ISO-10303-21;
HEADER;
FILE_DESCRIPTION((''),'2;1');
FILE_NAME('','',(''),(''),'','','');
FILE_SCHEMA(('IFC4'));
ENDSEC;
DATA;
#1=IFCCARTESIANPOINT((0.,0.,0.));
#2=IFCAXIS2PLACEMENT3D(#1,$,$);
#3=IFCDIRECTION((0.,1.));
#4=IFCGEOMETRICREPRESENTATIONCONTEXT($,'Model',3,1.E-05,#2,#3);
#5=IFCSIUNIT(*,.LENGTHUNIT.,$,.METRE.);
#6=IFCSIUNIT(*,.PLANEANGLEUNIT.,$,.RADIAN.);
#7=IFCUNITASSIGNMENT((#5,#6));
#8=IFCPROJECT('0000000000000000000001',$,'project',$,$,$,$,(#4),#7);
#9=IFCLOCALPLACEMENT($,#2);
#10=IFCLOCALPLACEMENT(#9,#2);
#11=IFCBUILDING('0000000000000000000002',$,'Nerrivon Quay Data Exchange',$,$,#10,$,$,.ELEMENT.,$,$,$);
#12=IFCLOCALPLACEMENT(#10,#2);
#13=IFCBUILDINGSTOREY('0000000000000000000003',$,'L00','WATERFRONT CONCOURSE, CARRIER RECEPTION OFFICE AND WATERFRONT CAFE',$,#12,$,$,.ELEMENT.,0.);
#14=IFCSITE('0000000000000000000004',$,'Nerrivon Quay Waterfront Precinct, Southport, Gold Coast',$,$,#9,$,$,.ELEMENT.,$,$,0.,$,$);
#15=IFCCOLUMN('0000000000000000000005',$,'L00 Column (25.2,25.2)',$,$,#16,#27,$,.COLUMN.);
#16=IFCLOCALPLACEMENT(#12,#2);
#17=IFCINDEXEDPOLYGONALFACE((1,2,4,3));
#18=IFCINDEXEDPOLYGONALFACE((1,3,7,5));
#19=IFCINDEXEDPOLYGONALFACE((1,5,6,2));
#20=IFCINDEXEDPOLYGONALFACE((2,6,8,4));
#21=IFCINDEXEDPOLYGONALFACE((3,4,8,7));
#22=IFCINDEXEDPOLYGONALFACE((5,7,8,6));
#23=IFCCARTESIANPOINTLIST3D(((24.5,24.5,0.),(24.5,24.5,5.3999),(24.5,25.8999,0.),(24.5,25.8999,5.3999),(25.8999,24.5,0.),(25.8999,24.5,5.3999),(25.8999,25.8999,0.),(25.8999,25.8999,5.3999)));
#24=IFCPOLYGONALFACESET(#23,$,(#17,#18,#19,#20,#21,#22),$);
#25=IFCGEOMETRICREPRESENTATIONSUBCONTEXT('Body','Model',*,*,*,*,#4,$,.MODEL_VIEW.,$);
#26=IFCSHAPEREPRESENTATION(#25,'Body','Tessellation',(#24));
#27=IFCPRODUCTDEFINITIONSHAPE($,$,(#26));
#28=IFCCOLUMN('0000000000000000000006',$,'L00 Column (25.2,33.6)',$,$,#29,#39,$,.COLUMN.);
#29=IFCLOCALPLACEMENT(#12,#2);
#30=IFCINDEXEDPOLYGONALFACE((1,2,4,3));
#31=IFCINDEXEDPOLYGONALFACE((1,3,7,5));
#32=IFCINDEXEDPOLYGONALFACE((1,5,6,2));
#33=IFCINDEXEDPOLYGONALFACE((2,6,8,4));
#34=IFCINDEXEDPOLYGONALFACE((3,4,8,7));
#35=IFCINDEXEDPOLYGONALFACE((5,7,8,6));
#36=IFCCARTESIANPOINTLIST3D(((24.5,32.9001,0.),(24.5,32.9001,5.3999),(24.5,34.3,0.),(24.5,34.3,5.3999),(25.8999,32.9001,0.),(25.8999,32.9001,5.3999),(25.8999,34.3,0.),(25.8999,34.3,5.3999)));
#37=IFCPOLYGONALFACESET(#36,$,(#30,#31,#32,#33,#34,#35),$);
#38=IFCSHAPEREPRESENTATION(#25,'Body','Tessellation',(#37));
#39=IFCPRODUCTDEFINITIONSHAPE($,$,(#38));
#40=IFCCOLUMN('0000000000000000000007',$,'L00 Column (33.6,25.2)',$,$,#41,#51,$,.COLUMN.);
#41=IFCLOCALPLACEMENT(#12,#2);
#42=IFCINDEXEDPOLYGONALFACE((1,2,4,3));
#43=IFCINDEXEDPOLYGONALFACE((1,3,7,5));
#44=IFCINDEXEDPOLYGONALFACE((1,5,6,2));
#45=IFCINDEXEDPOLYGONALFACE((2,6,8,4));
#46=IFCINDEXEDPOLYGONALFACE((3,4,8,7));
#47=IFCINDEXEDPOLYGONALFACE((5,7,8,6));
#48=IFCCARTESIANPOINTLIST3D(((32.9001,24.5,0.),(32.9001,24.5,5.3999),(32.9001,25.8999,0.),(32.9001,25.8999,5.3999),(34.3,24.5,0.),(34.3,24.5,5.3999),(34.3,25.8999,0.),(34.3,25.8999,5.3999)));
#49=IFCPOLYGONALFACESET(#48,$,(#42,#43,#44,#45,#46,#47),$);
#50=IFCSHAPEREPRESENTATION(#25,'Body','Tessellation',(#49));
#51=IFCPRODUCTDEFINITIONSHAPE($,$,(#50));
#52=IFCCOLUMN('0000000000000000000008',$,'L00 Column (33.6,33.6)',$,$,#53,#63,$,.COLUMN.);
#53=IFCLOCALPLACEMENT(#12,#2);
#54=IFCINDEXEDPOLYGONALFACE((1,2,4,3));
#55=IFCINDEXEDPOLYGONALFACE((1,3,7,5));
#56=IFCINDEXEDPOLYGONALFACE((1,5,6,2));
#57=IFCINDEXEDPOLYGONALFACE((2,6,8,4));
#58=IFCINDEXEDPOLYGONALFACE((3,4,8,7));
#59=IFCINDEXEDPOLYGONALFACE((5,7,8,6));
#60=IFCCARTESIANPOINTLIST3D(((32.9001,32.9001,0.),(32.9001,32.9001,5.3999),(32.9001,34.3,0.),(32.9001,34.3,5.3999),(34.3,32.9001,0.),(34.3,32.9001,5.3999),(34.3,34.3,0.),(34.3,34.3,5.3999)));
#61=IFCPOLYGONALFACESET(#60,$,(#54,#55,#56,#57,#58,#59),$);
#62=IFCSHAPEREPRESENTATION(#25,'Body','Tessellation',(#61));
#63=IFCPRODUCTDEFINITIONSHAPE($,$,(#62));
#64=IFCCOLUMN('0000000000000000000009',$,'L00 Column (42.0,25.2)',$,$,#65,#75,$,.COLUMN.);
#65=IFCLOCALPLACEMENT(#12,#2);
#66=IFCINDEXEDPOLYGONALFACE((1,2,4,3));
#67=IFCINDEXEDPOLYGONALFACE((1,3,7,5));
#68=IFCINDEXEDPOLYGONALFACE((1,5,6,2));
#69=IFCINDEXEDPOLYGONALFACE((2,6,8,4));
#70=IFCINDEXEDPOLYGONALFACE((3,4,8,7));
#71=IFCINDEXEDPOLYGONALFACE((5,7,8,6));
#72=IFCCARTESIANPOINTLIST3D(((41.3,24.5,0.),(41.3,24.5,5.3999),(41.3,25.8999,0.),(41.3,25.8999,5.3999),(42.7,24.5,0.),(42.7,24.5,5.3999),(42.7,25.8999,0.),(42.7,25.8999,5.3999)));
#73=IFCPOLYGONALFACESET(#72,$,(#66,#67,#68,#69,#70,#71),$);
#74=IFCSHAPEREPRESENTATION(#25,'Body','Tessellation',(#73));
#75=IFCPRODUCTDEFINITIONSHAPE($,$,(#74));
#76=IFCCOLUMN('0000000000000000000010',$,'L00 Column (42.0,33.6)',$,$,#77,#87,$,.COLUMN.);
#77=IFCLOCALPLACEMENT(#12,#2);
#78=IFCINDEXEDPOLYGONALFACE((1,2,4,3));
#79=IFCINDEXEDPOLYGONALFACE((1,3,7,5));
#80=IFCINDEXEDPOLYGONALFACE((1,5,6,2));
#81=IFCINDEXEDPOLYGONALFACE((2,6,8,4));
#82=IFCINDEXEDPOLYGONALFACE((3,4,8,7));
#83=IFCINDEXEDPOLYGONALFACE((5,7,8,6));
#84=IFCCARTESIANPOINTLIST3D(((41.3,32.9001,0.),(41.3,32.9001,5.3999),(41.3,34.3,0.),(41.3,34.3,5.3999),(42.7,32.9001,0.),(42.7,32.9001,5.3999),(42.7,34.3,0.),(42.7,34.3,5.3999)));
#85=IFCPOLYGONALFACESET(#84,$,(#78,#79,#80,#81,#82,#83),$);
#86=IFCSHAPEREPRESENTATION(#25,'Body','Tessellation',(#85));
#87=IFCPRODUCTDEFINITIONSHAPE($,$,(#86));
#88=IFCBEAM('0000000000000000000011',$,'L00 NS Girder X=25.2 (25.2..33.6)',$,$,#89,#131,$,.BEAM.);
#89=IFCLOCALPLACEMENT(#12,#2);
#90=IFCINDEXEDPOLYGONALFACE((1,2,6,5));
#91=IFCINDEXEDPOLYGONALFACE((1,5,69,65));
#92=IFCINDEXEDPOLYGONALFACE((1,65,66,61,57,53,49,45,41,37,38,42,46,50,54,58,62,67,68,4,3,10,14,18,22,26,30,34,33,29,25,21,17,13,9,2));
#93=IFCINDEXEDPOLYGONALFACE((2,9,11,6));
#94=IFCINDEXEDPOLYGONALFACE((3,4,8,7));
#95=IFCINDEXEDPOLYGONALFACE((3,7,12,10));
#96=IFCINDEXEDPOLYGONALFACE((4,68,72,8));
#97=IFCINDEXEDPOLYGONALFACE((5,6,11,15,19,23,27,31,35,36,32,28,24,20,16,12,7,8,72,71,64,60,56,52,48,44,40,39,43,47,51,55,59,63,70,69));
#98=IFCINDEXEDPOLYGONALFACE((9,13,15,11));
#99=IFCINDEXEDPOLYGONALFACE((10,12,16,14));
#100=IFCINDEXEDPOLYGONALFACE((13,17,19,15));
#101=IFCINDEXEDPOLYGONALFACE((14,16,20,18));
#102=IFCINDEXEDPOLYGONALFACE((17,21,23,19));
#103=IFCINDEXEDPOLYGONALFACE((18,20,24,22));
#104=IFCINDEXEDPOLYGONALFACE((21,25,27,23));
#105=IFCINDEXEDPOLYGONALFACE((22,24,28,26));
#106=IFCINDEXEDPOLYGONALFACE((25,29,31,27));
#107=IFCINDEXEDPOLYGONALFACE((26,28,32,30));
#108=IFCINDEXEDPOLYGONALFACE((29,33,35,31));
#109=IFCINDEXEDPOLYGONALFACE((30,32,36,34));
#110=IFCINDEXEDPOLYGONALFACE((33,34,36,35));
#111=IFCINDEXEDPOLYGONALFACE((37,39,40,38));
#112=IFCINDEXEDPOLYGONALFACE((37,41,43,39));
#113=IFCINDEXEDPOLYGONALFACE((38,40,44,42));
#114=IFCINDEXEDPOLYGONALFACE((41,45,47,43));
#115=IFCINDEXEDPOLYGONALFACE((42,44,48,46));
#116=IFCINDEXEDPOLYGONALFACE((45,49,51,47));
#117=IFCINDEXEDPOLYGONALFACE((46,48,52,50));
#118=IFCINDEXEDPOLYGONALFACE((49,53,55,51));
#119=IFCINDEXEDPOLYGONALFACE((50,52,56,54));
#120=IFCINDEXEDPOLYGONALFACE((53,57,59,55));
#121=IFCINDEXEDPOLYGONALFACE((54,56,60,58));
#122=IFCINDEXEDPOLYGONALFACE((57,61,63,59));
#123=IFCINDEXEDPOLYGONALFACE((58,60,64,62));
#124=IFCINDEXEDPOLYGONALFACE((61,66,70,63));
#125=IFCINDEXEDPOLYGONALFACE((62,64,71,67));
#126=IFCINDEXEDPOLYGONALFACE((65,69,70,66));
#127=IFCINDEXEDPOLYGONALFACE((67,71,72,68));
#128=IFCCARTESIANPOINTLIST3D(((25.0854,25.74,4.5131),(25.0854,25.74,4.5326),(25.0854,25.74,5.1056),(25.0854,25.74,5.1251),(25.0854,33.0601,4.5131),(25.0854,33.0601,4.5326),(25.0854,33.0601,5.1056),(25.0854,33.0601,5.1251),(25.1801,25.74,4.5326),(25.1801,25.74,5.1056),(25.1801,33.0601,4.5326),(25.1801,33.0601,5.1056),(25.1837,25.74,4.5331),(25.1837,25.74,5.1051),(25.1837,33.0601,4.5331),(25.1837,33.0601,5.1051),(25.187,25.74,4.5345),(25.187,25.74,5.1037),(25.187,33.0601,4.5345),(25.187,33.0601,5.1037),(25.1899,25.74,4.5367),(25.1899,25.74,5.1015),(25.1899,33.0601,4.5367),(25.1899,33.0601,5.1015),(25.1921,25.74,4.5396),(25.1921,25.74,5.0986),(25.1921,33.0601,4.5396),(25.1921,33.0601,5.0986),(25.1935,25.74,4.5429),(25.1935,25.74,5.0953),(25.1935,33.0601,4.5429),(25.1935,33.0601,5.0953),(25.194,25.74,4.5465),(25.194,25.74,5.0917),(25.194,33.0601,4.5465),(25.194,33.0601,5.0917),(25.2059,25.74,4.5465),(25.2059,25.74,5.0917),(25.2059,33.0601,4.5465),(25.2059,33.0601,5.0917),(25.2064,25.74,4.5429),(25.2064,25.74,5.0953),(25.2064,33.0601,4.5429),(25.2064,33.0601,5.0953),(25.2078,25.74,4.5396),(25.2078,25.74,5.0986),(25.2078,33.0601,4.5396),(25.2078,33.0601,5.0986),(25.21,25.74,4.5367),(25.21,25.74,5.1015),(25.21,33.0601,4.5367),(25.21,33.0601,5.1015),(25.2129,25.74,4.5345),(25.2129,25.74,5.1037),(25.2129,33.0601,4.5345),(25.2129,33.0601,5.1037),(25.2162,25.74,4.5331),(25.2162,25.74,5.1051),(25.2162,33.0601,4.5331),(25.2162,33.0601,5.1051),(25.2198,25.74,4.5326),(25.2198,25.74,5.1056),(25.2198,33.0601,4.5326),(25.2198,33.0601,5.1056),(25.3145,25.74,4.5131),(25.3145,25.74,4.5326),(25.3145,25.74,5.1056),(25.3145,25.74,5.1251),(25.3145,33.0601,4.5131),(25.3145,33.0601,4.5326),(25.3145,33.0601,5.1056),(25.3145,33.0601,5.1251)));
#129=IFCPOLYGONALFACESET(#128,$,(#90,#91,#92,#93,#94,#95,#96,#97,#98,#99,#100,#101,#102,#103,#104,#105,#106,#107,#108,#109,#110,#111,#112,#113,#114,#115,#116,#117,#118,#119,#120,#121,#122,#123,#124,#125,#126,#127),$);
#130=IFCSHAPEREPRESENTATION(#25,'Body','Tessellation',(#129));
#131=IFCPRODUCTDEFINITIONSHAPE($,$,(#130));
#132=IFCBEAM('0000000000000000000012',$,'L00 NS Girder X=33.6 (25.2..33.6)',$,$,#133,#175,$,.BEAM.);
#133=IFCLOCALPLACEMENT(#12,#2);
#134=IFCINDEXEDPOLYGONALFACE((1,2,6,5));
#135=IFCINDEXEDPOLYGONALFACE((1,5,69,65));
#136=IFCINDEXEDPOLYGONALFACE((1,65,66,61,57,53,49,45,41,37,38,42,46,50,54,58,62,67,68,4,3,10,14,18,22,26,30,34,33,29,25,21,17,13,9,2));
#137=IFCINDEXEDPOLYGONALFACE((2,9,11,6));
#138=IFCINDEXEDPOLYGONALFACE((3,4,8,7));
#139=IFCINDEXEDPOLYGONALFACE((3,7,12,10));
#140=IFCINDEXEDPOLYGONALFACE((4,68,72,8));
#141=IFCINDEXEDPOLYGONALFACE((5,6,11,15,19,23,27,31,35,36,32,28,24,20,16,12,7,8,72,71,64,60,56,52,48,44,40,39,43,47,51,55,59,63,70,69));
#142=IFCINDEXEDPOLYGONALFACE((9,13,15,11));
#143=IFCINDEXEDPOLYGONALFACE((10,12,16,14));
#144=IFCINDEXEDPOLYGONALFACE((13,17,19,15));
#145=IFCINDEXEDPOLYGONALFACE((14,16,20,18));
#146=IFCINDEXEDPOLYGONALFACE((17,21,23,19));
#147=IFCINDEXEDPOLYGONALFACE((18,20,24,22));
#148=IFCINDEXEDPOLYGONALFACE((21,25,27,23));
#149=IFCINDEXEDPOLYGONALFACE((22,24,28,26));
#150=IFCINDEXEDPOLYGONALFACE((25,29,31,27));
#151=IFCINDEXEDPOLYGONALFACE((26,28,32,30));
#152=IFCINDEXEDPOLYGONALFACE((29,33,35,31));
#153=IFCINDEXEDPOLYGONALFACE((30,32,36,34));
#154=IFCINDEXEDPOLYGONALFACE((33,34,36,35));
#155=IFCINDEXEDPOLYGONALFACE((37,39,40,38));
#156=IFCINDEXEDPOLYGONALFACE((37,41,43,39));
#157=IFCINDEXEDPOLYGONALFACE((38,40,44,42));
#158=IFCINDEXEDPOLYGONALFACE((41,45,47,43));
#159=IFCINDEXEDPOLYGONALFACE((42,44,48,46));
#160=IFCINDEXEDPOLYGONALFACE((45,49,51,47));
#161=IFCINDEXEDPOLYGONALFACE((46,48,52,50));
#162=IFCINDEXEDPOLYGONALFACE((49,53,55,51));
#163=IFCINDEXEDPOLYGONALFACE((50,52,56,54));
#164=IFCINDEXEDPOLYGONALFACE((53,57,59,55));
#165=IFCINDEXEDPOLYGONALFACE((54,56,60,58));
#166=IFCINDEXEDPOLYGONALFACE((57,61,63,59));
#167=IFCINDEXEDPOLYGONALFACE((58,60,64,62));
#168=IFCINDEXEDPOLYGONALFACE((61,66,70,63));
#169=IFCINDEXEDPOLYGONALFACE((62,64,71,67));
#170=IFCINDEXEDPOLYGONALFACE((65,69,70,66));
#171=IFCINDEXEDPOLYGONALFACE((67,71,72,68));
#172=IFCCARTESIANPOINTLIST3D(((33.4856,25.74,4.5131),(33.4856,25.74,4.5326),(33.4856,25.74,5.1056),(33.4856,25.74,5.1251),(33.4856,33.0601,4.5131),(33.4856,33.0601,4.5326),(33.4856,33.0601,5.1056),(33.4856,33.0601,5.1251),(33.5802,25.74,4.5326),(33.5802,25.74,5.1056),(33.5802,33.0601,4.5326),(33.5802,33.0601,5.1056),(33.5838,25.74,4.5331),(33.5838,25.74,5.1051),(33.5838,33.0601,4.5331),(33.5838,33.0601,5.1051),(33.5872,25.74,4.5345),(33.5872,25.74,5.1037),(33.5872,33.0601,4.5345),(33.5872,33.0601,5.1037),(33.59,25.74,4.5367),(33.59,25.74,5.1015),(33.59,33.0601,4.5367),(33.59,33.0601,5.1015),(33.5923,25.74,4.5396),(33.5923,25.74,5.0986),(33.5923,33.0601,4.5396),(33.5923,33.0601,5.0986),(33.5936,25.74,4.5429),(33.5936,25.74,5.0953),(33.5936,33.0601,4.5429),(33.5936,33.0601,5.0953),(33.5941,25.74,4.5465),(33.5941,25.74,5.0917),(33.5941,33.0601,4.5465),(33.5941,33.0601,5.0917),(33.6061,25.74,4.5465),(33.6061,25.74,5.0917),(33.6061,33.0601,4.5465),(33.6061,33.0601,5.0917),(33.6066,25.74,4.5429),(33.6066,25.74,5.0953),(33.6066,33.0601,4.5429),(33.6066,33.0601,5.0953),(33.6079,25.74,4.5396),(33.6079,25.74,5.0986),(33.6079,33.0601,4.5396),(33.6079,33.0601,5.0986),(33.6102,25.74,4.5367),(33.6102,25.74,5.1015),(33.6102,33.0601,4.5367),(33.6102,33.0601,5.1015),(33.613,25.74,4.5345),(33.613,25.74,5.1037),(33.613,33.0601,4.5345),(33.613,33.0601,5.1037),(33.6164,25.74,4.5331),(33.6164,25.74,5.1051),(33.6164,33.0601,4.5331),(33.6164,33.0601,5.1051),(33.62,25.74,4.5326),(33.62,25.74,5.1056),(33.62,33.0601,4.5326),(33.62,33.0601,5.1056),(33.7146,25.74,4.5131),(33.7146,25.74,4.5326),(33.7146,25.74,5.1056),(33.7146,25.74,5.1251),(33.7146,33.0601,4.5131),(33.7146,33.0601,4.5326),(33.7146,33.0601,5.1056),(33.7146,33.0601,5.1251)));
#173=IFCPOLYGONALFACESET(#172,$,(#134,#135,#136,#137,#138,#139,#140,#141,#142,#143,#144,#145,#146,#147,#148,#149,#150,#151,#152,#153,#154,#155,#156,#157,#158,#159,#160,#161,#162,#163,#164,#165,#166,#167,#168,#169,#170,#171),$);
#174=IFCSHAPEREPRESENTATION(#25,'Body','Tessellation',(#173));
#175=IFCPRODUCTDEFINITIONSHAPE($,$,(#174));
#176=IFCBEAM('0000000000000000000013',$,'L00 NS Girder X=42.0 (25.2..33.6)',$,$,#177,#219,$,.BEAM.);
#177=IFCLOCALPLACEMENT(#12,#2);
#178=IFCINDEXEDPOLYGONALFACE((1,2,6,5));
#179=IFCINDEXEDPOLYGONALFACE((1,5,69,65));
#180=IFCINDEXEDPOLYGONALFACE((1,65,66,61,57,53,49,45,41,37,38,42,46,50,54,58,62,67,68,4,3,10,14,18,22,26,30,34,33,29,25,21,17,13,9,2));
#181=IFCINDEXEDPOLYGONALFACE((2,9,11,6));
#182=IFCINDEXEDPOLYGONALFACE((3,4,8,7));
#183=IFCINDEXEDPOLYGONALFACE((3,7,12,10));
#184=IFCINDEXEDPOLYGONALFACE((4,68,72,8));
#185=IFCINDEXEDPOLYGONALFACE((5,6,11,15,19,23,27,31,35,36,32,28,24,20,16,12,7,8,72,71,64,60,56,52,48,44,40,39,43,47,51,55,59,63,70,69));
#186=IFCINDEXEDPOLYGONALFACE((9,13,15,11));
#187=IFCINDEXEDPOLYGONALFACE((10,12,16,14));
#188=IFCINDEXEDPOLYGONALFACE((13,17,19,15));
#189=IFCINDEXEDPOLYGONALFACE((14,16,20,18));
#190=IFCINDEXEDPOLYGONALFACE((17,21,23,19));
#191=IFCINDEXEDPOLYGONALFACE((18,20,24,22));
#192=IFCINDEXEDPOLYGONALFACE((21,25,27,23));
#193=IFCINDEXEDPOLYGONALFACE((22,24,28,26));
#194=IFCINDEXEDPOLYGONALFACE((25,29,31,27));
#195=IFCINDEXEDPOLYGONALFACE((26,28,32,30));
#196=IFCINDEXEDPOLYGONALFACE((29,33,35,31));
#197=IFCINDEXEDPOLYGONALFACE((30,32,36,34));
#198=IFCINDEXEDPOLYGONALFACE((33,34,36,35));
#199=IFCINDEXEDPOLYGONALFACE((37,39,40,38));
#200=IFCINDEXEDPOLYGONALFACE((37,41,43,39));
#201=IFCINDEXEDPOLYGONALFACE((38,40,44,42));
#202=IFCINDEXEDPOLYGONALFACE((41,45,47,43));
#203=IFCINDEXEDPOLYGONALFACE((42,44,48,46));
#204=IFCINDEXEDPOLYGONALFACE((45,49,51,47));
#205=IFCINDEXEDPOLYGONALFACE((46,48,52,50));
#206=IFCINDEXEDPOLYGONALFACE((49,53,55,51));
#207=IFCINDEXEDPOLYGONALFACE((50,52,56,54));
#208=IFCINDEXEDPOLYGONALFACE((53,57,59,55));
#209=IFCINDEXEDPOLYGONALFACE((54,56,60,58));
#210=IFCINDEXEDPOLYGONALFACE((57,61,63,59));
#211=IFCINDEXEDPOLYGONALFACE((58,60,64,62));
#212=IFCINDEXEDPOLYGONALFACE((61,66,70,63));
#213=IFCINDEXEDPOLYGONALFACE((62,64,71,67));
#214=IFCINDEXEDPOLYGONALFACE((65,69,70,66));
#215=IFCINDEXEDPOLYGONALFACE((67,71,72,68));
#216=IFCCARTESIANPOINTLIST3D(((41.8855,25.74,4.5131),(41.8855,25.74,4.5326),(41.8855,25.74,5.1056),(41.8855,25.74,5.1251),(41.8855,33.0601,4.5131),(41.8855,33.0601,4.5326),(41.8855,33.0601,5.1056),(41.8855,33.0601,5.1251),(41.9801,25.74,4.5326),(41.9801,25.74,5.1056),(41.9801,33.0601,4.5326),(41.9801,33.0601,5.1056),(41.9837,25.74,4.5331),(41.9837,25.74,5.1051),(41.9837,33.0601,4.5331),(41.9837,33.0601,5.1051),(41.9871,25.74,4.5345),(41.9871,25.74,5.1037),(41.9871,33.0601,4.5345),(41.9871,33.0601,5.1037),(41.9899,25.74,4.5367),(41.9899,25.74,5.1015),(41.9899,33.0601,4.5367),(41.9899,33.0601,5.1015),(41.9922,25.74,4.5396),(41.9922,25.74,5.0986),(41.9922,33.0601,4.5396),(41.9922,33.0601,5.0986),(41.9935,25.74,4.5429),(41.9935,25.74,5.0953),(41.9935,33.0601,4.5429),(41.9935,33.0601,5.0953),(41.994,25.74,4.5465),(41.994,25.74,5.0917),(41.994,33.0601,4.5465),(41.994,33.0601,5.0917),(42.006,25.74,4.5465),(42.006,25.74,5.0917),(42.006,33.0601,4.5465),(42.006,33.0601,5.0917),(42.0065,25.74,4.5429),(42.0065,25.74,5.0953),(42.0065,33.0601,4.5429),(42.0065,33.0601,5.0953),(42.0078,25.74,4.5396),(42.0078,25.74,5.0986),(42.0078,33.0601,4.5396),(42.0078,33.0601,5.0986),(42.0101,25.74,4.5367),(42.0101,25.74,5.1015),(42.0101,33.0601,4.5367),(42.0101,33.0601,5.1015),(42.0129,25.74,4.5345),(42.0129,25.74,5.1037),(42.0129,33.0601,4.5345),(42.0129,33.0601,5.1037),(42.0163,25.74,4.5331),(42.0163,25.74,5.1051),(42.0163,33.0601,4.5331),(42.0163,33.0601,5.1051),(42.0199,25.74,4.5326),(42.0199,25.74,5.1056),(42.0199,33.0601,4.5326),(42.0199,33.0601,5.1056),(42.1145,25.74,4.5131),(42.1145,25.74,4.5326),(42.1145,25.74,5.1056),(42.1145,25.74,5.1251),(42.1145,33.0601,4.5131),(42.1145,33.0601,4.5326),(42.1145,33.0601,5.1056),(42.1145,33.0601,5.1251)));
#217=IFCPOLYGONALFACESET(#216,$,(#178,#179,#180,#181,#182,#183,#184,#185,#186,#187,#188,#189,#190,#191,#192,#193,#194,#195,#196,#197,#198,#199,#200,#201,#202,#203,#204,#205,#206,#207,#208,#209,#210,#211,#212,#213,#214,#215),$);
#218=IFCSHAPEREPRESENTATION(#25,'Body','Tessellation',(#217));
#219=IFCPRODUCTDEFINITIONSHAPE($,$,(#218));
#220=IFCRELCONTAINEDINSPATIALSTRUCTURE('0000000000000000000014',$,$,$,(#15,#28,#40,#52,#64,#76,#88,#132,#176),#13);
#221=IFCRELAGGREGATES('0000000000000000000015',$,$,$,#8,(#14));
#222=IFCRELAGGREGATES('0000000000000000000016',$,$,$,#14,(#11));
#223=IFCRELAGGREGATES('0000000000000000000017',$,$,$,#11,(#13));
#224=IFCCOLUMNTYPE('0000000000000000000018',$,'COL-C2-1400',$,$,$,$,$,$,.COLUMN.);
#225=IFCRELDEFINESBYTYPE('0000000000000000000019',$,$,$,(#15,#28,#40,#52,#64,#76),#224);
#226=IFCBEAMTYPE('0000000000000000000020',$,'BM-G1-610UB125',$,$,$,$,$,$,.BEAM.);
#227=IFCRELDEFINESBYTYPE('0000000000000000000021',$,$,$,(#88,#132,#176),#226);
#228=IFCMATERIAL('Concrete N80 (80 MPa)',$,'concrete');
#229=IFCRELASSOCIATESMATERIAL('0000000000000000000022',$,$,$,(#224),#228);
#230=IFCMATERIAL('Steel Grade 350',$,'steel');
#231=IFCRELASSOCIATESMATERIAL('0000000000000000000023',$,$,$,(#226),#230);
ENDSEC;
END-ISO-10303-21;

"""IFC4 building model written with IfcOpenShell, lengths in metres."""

from ifc_helpers import new_model, si_unit, direction, frame, origin, origin_2d, place, context, subcontext, project, spatial, rectangle, i_section, extrude, material, material_profile, profile_set, type_object, element, save


model = new_model("IFC4")

# Units and contexts
model_context = context("Model", 3, precision=1e-05, world=origin(), true_north=direction((0.0, 1.0)))
body_context = subcontext(model_context, "Body", "Model", "MODEL_VIEW")
ifc_project = project(units=[si_unit("LENGTHUNIT", "METRE"), si_unit("PLANEANGLEUNIT", "RADIAN")], contexts=[model_context])

# Site, building, storey
site_placement = place(None, origin())
site = spatial("IfcSite", under=ifc_project, at=site_placement, Name="Nerrivon Quay Waterfront Precinct, Southport, Gold Coast", CompositionType="ELEMENT", RefElevation=0.0)
building_placement = place(site_placement, origin())
building = spatial("IfcBuilding", under=site, at=building_placement, Name="Nerrivon Quay Data Exchange", CompositionType="ELEMENT")
storey_placement = place(building_placement, origin())
storey = spatial("IfcBuildingStorey", under=building, at=storey_placement, Name="L00", Description="WATERFRONT CONCOURSE, CARRIER RECEPTION OFFICE AND WATERFRONT CAFE", CompositionType="ELEMENT", Elevation=0.0)

# Columns
ifc_material_1 = material(Name="Concrete N80 (80 MPa)", Category="concrete")
ifc_material_profile_1 = material_profile(ifc_material_1, rectangle(XDim=1.3999, YDim=1.3999, at=origin_2d()), Name="RC-COL-1400x1400")
ifc_profile_set_1 = profile_set([ifc_material_profile_1], Name="Concrete N80 (80 MPa)")
column_type = type_object("IfcColumnType", Name="COL-C2-1400", PredefinedType="COLUMN", material=ifc_profile_set_1)
for number, where, z_axis, x_axis, name in (
    (1, (25.2, 25.2, 0.0), (0.0, 0.0, 1.0), (1.0, 0.0, 0.0), "L00 Column (25.2,25.2)"),
    (2, (25.2, 33.6001, 0.0), (0.0, 0.0, 1.0), (1.0, 0.0, 0.0), "L00 Column (25.2,33.6)"),
    (3, (33.6001, 25.2, 0.0), (0.0, 0.0, 1.0), (1.0, 0.0, 0.0), "L00 Column (33.6,25.2)"),
    (4, (33.6001, 33.6001, 0.0), (0.0, 0.0, 1.0), (1.0, 0.0, 0.0), "L00 Column (33.6,33.6)"),
    (5, (42.0, 25.2, 0.0), (0.0, 0.0, 1.0), (1.0, 0.0, 0.0), "L00 Column (42.0,25.2)"),
    (6, (42.0, 33.6001, 0.0), (0.0, 0.0, 1.0), (1.0, 0.0, 0.0), "L00 Column (42.0,33.6)"),
):
    element("IfcColumn", number, at=place(storey_placement, frame(where, z_axis=z_axis, x_axis=x_axis)), inside=storey, type_object=column_type, Name=name, PredefinedType="COLUMN", context=body_context, shape_type="SweptSolid", body=[
        extrude(rectangle(XDim=1.3999, YDim=1.3999, at=origin_2d()), origin(), (0.0, 0.0, 1.0), 5.3999),
    ])

# Beams
ifc_material_2 = material(Name="Steel Grade 350", Category="steel")
ifc_material_profile_2 = material_profile(ifc_material_2, i_section(OverallWidth=0.229, OverallDepth=0.6121, WebThickness=0.012, FlangeThickness=0.0195, FilletRadius=0.0139, at=origin_2d()), Name="610UB125")
ifc_profile_set_2 = profile_set([ifc_material_profile_2], Name="Steel Grade 350")
beam_type_1 = type_object("IfcBeamType", Name="BM-G1-610UB125", PredefinedType="BEAM", material=ifc_profile_set_2)
for number, where, z_axis, x_axis, name in (
    (7, (25.2, 25.74, 4.8191), (0.0, 1.0, 0.0), (-1.0, 0.0, 0.0), "L00 NS Girder X=25.2 (25.2..33.6)"),
    (8, (33.6001, 25.74, 4.8191), (0.0, 1.0, 0.0), (-1.0, 0.0, 0.0), "L00 NS Girder X=33.6 (25.2..33.6)"),
    (9, (42.0, 25.74, 4.8191), (0.0, 1.0, 0.0), (-1.0, 0.0, 0.0), "L00 NS Girder X=42.0 (25.2..33.6)"),
):
    element("IfcBeam", number, at=place(storey_placement, frame(where, z_axis=z_axis, x_axis=x_axis)), inside=storey, type_object=beam_type_1, Name=name, PredefinedType="BEAM", context=body_context, shape_type="SweptSolid", body=[
        extrude(i_section(OverallWidth=0.229, OverallDepth=0.6121, WebThickness=0.012, FlangeThickness=0.0195, FilletRadius=0.0139, at=origin_2d()), origin(), (0.0, 0.0, 1.0), 7.3201),
    ])

save(model, "model.ifc")
